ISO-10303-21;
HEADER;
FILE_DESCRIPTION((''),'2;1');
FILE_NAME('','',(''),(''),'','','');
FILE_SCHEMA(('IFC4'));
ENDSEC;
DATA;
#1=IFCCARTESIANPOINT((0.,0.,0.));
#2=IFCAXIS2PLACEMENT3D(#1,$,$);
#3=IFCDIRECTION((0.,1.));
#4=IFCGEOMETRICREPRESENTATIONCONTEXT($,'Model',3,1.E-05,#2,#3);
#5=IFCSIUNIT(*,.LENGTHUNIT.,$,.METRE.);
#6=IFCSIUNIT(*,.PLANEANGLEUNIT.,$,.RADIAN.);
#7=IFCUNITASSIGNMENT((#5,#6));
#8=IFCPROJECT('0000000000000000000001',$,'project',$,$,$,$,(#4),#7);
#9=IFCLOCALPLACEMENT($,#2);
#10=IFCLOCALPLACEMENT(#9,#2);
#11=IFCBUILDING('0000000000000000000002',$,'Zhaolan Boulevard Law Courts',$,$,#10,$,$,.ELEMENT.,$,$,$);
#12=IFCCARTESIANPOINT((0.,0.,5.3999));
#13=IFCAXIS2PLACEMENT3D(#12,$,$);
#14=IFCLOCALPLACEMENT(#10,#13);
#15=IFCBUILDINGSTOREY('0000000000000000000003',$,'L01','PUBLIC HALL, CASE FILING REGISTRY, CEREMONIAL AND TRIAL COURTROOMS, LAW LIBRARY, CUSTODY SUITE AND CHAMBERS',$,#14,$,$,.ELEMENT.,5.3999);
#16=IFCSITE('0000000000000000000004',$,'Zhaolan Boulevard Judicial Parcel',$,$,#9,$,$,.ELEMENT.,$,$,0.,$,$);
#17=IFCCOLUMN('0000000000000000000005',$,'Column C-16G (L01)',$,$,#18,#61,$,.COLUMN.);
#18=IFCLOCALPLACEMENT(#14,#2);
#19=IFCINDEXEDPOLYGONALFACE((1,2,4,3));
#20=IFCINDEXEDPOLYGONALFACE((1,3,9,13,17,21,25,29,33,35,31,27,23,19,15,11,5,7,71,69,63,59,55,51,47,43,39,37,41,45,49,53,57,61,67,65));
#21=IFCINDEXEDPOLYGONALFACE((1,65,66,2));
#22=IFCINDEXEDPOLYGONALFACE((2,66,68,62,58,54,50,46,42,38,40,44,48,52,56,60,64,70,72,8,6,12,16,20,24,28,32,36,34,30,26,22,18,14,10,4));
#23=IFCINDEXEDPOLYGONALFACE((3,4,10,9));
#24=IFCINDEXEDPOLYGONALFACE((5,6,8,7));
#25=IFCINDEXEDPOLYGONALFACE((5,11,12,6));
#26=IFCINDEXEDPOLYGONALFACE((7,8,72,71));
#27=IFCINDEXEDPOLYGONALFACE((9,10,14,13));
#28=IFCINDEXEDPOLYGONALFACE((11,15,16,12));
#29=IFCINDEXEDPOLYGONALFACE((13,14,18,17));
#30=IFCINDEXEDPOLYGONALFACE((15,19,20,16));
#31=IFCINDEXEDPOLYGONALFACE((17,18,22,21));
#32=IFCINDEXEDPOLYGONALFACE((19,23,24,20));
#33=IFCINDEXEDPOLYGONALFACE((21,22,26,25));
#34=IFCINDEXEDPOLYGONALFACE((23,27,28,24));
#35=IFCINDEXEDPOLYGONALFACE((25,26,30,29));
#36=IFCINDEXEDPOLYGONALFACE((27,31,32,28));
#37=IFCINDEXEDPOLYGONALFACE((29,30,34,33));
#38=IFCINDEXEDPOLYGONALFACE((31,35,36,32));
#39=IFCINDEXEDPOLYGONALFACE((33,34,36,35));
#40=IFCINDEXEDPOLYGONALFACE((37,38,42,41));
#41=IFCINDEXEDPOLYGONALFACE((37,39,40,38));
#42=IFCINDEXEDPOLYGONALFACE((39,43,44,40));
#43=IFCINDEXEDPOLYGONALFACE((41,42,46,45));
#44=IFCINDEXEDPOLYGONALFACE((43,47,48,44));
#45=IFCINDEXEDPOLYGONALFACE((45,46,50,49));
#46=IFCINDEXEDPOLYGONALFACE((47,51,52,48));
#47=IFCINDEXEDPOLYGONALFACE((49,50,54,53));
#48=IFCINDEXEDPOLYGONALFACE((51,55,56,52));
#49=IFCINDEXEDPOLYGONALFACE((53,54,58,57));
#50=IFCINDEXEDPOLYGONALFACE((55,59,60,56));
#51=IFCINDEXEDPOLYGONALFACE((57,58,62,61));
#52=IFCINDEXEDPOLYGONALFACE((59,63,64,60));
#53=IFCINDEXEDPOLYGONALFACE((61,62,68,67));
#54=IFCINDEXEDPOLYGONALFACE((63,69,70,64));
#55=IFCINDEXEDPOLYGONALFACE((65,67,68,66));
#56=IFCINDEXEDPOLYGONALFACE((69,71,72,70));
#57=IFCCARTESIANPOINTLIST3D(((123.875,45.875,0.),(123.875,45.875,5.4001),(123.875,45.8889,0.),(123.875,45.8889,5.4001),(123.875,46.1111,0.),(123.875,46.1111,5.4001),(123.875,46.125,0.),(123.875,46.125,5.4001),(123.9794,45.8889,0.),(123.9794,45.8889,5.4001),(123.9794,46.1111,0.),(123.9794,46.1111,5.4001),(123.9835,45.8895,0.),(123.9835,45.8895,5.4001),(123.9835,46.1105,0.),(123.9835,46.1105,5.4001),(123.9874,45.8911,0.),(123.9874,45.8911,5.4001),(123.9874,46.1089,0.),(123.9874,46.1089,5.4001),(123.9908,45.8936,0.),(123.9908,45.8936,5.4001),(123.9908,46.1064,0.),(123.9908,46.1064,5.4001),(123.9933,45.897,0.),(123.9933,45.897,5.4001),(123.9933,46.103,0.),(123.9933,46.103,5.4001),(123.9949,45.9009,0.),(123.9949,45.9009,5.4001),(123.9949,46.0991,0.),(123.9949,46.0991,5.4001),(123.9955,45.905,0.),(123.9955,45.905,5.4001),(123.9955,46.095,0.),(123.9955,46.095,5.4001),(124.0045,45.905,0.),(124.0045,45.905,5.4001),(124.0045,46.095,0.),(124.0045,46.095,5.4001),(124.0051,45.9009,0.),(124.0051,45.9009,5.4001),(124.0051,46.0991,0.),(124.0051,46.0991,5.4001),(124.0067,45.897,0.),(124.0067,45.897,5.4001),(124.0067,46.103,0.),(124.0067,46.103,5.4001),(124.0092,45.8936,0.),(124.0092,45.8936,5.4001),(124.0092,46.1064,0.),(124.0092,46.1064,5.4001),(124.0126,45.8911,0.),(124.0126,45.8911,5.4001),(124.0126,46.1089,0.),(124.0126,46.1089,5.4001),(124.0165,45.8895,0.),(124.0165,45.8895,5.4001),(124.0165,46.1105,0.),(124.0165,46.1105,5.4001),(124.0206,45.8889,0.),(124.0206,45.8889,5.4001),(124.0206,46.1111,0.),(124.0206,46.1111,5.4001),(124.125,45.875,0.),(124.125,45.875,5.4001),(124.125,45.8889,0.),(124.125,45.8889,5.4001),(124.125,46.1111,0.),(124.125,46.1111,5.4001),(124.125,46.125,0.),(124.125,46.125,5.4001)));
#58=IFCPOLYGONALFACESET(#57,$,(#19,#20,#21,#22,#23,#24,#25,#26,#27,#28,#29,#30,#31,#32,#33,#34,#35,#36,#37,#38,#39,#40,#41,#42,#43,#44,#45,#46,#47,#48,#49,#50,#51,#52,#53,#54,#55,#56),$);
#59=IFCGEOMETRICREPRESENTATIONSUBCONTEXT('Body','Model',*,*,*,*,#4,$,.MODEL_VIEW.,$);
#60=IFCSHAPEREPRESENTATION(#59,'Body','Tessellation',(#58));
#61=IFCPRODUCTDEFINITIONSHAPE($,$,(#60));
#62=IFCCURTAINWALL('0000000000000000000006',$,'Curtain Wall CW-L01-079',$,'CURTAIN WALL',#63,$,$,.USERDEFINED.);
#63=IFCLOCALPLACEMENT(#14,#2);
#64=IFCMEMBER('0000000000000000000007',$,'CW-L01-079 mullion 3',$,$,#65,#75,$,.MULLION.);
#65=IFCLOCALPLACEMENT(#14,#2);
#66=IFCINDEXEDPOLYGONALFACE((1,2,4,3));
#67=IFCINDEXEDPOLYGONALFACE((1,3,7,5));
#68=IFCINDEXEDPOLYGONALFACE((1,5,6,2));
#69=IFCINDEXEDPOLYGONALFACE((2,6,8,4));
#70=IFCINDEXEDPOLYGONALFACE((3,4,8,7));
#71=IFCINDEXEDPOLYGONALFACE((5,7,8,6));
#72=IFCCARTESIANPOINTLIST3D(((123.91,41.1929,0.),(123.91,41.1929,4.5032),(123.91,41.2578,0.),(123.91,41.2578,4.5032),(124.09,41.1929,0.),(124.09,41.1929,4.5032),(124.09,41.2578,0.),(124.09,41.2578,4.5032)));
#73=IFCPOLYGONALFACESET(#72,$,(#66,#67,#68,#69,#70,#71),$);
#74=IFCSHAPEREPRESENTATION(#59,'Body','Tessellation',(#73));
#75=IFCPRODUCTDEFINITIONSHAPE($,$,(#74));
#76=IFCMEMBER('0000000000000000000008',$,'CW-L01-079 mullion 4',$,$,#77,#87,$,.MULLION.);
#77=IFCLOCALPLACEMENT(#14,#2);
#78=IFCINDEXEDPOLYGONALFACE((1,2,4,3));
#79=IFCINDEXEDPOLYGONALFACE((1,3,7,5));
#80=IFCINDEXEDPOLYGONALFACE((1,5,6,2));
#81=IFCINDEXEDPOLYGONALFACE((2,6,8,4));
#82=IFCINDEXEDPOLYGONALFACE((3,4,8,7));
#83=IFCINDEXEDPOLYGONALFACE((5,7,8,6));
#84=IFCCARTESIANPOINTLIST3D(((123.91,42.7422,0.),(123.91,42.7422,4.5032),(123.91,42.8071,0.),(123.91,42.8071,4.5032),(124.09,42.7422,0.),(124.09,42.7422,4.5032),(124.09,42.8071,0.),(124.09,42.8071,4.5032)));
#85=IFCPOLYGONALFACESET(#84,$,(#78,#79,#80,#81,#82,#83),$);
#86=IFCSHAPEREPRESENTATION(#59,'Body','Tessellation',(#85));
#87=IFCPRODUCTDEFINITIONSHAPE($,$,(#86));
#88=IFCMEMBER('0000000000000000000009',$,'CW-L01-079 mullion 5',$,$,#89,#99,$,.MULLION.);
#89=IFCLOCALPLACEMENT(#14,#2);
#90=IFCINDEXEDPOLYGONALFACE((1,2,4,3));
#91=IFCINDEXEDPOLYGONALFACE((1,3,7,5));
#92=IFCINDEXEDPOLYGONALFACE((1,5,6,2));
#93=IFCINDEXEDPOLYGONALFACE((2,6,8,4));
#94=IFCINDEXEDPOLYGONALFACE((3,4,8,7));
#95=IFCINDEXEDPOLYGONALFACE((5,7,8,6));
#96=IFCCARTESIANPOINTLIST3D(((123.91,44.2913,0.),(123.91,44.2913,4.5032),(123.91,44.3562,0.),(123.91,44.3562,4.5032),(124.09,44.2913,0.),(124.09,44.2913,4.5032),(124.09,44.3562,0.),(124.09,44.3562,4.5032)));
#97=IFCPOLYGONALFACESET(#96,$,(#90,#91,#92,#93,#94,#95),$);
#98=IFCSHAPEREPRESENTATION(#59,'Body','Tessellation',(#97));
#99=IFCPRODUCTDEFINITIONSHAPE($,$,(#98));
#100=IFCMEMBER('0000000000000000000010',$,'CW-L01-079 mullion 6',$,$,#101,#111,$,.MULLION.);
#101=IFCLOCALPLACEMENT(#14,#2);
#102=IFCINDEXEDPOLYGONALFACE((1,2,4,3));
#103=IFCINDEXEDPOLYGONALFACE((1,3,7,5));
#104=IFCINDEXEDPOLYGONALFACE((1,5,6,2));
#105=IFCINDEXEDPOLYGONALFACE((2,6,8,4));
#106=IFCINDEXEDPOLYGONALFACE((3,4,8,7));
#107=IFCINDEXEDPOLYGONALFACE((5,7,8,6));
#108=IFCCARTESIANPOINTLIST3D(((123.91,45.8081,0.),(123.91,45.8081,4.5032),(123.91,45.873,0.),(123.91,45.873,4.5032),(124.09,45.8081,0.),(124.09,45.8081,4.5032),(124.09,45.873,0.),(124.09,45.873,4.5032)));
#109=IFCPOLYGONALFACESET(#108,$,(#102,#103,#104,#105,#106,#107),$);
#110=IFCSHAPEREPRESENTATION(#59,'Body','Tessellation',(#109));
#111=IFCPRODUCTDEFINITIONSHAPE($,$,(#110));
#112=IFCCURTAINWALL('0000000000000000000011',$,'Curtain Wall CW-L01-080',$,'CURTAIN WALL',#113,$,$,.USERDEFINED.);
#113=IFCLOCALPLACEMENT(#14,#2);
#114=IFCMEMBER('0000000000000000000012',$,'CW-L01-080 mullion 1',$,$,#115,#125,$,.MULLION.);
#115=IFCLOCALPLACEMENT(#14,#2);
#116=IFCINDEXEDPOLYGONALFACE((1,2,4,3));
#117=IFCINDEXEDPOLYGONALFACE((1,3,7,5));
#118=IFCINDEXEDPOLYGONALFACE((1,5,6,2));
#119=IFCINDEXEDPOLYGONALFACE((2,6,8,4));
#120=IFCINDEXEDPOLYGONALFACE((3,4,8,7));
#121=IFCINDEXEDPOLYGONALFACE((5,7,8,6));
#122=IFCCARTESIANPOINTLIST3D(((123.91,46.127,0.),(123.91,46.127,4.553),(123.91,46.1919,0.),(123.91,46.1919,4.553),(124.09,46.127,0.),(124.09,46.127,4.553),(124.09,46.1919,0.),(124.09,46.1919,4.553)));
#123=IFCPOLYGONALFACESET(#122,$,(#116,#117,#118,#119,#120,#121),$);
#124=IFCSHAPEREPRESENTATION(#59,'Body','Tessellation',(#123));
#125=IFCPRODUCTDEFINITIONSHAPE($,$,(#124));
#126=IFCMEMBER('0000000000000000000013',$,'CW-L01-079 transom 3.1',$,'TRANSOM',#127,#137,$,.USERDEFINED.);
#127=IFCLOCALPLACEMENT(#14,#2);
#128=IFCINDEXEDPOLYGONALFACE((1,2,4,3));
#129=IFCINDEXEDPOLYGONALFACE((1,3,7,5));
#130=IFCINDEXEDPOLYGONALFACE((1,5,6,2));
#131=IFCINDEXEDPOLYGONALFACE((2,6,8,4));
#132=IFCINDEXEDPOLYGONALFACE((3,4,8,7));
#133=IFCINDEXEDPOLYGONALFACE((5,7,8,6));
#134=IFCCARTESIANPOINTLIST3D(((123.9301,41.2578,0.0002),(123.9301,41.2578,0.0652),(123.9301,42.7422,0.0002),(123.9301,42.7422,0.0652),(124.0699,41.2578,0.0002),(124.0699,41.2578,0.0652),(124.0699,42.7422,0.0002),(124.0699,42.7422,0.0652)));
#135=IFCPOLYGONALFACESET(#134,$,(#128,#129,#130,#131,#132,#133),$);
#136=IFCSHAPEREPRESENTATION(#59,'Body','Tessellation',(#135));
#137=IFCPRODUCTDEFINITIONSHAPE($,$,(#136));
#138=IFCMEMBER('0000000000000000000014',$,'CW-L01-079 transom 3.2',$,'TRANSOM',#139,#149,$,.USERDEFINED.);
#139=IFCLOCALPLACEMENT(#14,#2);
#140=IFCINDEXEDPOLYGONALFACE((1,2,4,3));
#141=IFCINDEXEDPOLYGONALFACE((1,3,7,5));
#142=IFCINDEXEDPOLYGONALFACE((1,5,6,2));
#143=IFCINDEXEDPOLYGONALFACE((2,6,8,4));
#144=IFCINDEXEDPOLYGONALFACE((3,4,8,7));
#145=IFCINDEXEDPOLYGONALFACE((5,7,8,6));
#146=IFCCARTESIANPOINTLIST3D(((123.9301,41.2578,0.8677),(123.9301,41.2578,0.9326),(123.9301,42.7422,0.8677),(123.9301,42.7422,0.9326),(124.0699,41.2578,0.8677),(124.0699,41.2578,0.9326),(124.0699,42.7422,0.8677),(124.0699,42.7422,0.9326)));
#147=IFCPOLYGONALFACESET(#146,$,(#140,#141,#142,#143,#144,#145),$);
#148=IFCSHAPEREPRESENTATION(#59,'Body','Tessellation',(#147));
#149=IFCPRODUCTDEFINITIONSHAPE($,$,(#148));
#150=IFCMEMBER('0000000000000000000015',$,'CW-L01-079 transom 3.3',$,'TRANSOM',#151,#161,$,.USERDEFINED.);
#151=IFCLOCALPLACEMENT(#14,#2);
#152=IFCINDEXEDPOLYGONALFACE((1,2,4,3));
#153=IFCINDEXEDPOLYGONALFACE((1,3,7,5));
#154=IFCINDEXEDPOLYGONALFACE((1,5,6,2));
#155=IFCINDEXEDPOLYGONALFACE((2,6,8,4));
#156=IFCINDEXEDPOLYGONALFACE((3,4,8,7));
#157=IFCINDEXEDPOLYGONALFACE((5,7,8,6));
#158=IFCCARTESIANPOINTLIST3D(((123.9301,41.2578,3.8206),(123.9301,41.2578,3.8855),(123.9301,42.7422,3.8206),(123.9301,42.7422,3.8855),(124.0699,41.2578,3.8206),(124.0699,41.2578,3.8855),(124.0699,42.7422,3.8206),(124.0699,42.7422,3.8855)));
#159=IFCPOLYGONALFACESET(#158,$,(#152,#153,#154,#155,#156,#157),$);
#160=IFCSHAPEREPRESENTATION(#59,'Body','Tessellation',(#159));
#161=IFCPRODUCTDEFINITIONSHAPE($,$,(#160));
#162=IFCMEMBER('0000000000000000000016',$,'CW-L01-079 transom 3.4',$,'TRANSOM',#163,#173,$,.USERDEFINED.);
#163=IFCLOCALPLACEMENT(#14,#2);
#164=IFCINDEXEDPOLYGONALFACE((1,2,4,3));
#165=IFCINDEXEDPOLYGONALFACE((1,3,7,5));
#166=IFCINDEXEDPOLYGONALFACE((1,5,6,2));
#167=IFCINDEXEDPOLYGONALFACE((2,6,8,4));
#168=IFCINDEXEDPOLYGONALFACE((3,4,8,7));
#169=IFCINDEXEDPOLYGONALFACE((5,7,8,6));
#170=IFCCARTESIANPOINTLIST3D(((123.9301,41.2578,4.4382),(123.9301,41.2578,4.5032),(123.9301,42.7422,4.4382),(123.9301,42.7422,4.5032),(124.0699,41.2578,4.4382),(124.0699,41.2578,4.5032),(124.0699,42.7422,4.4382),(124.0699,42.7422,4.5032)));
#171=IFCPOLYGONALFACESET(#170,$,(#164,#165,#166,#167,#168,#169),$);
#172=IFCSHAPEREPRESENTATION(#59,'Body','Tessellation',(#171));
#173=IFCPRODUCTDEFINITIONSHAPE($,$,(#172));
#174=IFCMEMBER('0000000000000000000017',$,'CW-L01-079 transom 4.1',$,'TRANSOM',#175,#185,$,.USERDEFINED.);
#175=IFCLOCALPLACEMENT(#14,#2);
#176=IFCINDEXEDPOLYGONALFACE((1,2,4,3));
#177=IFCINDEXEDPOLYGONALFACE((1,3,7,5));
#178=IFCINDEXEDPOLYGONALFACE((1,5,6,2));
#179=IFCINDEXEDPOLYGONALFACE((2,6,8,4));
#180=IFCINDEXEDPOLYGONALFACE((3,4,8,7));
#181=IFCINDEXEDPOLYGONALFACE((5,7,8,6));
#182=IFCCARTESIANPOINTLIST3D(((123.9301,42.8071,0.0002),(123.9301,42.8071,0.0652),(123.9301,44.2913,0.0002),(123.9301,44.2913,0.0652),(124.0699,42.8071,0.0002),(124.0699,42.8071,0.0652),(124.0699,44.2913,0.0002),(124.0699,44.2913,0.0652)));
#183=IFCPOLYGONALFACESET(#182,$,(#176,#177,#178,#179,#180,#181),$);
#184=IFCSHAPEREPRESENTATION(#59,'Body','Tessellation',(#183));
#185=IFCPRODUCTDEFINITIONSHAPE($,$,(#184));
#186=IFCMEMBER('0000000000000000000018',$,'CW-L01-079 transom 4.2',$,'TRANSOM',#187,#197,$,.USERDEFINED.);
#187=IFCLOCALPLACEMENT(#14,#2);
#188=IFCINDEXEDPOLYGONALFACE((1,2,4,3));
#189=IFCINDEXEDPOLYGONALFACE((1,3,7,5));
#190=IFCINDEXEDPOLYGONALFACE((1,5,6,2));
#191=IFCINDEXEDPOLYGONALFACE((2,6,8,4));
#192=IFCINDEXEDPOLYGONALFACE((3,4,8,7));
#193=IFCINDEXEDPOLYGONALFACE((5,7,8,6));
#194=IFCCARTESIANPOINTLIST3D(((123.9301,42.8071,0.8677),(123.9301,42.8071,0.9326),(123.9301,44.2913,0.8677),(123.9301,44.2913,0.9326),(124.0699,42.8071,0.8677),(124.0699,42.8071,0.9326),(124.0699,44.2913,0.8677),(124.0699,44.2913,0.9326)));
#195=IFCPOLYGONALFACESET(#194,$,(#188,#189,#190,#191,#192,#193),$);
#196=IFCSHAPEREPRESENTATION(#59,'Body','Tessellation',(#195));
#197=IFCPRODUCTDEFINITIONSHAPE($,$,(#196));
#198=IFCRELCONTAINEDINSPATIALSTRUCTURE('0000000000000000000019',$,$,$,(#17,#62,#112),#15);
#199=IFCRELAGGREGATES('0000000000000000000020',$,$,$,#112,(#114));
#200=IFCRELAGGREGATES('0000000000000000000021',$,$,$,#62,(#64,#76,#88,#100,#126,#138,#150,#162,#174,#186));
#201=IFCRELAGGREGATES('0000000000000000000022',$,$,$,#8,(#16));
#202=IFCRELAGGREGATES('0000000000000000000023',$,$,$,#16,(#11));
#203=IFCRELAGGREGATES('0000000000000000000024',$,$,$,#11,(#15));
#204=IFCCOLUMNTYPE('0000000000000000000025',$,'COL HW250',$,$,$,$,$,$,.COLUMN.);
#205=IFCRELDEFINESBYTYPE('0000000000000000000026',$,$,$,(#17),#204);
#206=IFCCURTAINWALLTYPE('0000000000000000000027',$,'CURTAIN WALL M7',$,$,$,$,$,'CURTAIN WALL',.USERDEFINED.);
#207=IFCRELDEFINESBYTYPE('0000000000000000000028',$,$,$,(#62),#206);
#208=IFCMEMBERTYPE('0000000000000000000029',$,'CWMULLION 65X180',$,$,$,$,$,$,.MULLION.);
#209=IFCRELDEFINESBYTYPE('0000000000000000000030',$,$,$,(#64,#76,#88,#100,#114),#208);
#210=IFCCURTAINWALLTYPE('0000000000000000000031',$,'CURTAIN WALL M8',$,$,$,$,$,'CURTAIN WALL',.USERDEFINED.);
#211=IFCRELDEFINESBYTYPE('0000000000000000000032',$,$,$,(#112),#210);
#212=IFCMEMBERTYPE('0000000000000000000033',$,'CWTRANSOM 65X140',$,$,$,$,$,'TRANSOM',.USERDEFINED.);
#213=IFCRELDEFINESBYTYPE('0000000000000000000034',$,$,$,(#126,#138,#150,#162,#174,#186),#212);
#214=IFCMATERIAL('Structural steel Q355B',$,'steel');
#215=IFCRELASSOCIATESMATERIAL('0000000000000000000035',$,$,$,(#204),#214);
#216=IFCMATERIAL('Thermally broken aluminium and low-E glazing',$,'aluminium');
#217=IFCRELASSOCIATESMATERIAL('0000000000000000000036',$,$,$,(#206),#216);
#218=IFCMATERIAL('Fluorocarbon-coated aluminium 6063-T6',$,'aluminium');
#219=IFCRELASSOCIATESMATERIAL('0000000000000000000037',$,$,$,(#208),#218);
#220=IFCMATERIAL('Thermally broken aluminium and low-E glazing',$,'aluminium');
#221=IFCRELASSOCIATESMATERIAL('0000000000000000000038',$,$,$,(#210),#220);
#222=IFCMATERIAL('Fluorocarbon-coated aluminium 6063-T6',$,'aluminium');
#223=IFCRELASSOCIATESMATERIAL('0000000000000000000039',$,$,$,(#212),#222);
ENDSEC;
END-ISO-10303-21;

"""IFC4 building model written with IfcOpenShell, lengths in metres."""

from ifc_helpers import new_model, si_unit, direction, frame, origin, origin_2d, place, context, subcontext, project, spatial, rectangle, i_section, extrude, material, material_profile, profile_set, type_object, element, aggregate, save


model = new_model("IFC4")

# Units and contexts
model_context = context("Model", 3, precision=1e-05, world=origin(), true_north=direction((0.0, 1.0)))
body_context = subcontext(model_context, "Body", "Model", "MODEL_VIEW")
ifc_project = project(units=[si_unit("LENGTHUNIT", "METRE"), si_unit("PLANEANGLEUNIT", "RADIAN")], contexts=[model_context])

# Site, building, storey
site_placement = place(None, origin())
site = spatial("IfcSite", under=ifc_project, at=site_placement, Name="Zhaolan Boulevard Judicial Parcel", CompositionType="ELEMENT", RefElevation=0.0)
building_placement = place(site_placement, origin())
building = spatial("IfcBuilding", under=site, at=building_placement, Name="Zhaolan Boulevard Law Courts", CompositionType="ELEMENT")
storey_placement = place(building_placement, frame((0.0, 0.0, 5.3999)))
storey = spatial("IfcBuildingStorey", under=building, at=storey_placement, Name="L01", Description="PUBLIC HALL, CASE FILING REGISTRY, CEREMONIAL AND TRIAL COURTROOMS, LAW LIBRARY, CUSTODY SUITE AND CHAMBERS", CompositionType="ELEMENT", Elevation=5.3999)

# Column
ifc_material_1 = material(Name="Structural steel Q355B", Category="steel")
ifc_material_profile_1 = material_profile(ifc_material_1, i_section(OverallWidth=0.25, OverallDepth=0.25, WebThickness=0.009, FlangeThickness=0.0139, FilletRadius=0.0161, at=origin_2d()), Name="HW250x250")
ifc_profile_set_1 = profile_set([ifc_material_profile_1], Name="Structural steel Q355B")
column_type = type_object("IfcColumnType", Name="COL HW250", PredefinedType="COLUMN", material=ifc_profile_set_1)
column_placement = place(storey_placement, frame((124.0, 46.0, 0.0), z_axis=(0.0, 0.0, 1.0), x_axis=(1.0, 0.0, 0.0)))
element("IfcColumn", 1, at=column_placement, inside=storey, type_object=column_type, Name="Column C-16G (L01)", PredefinedType="COLUMN", context=body_context, shape_type="SweptSolid", body=[
    extrude(i_section(OverallWidth=0.25, OverallDepth=0.25, WebThickness=0.009, FlangeThickness=0.0139, FilletRadius=0.0161, at=origin_2d()), origin(), (0.0, 0.0, 1.0), 5.4001),
])

# Curtain wall, members
ifc_material_2 = material(Name="Thermally broken aluminium and low-E glazing", Category="aluminium")
curtain_wall_type_1 = type_object("IfcCurtainWallType", Name="CURTAIN WALL M7", ElementType="CURTAIN WALL", PredefinedType="USERDEFINED", material=ifc_material_2)
curtain_wall_1_placement = place(storey_placement, origin())
curtain_wall_1 = element("IfcCurtainWall", 2, at=curtain_wall_1_placement, inside=storey, type_object=curtain_wall_type_1, Name="Curtain Wall CW-L01-079", ObjectType="CURTAIN WALL", PredefinedType="USERDEFINED")
ifc_material_3 = material(Name="Fluorocarbon-coated aluminium 6063-T6", Category="aluminium")
ifc_material_profile_2 = material_profile(ifc_material_3, rectangle(XDim=0.1799, YDim=0.0649, at=origin_2d()), Name="AL65x180")
ifc_profile_set_2 = profile_set([ifc_material_profile_2], Name="Fluorocarbon-coated aluminium 6063-T6")
member_type_1 = type_object("IfcMemberType", Name="CWMULLION 65X180", PredefinedType="MULLION", material=ifc_profile_set_2)
member_1_placement = place(storey_placement, frame((124.0, 41.2253, 0.0), z_axis=(0.0, 0.0, 1.0), x_axis=(-1.0, 0.0, 0.0)))
member_1 = element("IfcMember", 3, at=member_1_placement, type_object=member_type_1, Name="CW-L01-079 mullion 3", PredefinedType="MULLION", context=body_context, shape_type="SweptSolid", body=[
    extrude(rectangle(XDim=0.1799, YDim=0.0649, at=origin_2d()), origin(), (0.0, 0.0, 1.0), 4.5032),
])
member_2_placement = place(storey_placement, frame((124.0, 42.7747, 0.0), z_axis=(0.0, 0.0, 1.0), x_axis=(-1.0, 0.0, 0.0)))
member_2 = element("IfcMember", 4, at=member_2_placement, type_object=member_type_1, Name="CW-L01-079 mullion 4", PredefinedType="MULLION", context=body_context, shape_type="SweptSolid", body=[
    extrude(rectangle(XDim=0.1799, YDim=0.0649, at=origin_2d()), origin(), (0.0, 0.0, 1.0), 4.5032),
])
member_3_placement = place(storey_placement, frame((124.0, 44.3237, 0.0), z_axis=(0.0, 0.0, 1.0), x_axis=(-1.0, 0.0, 0.0)))
member_3 = element("IfcMember", 5, at=member_3_placement, type_object=member_type_1, Name="CW-L01-079 mullion 5", PredefinedType="MULLION", context=body_context, shape_type="SweptSolid", body=[
    extrude(rectangle(XDim=0.1799, YDim=0.0649, at=origin_2d()), origin(), (0.0, 0.0, 1.0), 4.5032),
])
member_4_placement = place(storey_placement, frame((124.0, 45.8406, 0.0), z_axis=(0.0, 0.0, 1.0), x_axis=(-1.0, 0.0, 0.0)))
member_4 = element("IfcMember", 6, at=member_4_placement, type_object=member_type_1, Name="CW-L01-079 mullion 6", PredefinedType="MULLION", context=body_context, shape_type="SweptSolid", body=[
    extrude(rectangle(XDim=0.1799, YDim=0.0649, at=origin_2d()), origin(), (0.0, 0.0, 1.0), 4.5032),
])

# Curtain wall, member
ifc_material_4 = material(Name="Thermally broken aluminium and low-E glazing", Category="aluminium")
curtain_wall_type_2 = type_object("IfcCurtainWallType", Name="CURTAIN WALL M8", ElementType="CURTAIN WALL", PredefinedType="USERDEFINED", material=ifc_material_4)
curtain_wall_2_placement = place(storey_placement, origin())
curtain_wall_2 = element("IfcCurtainWall", 7, at=curtain_wall_2_placement, inside=storey, type_object=curtain_wall_type_2, Name="Curtain Wall CW-L01-080", ObjectType="CURTAIN WALL", PredefinedType="USERDEFINED")
member_5_placement = place(storey_placement, frame((124.0, 46.1594, 0.0), z_axis=(0.0, 0.0, 1.0), x_axis=(-1.0, 0.0, 0.0)))
member_5 = element("IfcMember", 8, at=member_5_placement, type_object=member_type_1, Name="CW-L01-080 mullion 1", PredefinedType="MULLION", context=body_context, shape_type="SweptSolid", body=[
    extrude(rectangle(XDim=0.1799, YDim=0.0649, at=origin_2d()), origin(), (0.0, 0.0, 1.0), 4.553),
])

# Members
ifc_material_5 = material(Name="Fluorocarbon-coated aluminium 6063-T6", Category="aluminium")
ifc_material_profile_3 = material_profile(ifc_material_5, rectangle(XDim=0.1399, YDim=0.0649, at=origin_2d()), Name="AL65x140")
ifc_profile_set_3 = profile_set([ifc_material_profile_3], Name="Fluorocarbon-coated aluminium 6063-T6")
member_type_2 = type_object("IfcMemberType", Name="CWTRANSOM 65X140", ElementType="TRANSOM", PredefinedType="USERDEFINED", material=ifc_profile_set_3)
member_6_placement = place(storey_placement, frame((124.0, 41.2578, 0.0327), z_axis=(0.0, 1.0, 0.0), x_axis=(-1.0, 0.0, 0.0)))
member_6 = element("IfcMember", 9, at=member_6_placement, type_object=member_type_2, Name="CW-L01-079 transom 3.1", ObjectType="TRANSOM", PredefinedType="USERDEFINED", context=body_context, shape_type="SweptSolid", body=[
    extrude(rectangle(XDim=0.1399, YDim=0.0649, at=origin_2d()), origin(), (0.0, 0.0, 1.0), 1.4844),
])
member_7_placement = place(storey_placement, frame((124.0, 41.2578, 0.9001), z_axis=(0.0, 1.0, 0.0), x_axis=(-1.0, 0.0, 0.0)))
member_7 = element("IfcMember", 10, at=member_7_placement, type_object=member_type_2, Name="CW-L01-079 transom 3.2", ObjectType="TRANSOM", PredefinedType="USERDEFINED", context=body_context, shape_type="SweptSolid", body=[
    extrude(rectangle(XDim=0.1399, YDim=0.0649, at=origin_2d()), origin(), (0.0, 0.0, 1.0), 1.4844),
])
member_8_placement = place(storey_placement, frame((124.0, 41.2578, 3.853), z_axis=(0.0, 1.0, 0.0), x_axis=(-1.0, 0.0, 0.0)))
member_8 = element("IfcMember", 11, at=member_8_placement, type_object=member_type_2, Name="CW-L01-079 transom 3.3", ObjectType="TRANSOM", PredefinedType="USERDEFINED", context=body_context, shape_type="SweptSolid", body=[
    extrude(rectangle(XDim=0.1399, YDim=0.0649, at=origin_2d()), origin(), (0.0, 0.0, 1.0), 1.4844),
])
member_9_placement = place(storey_placement, frame((124.0, 41.2578, 4.4707), z_axis=(0.0, 1.0, 0.0), x_axis=(-1.0, 0.0, 0.0)))
member_9 = element("IfcMember", 12, at=member_9_placement, type_object=member_type_2, Name="CW-L01-079 transom 3.4", ObjectType="TRANSOM", PredefinedType="USERDEFINED", context=body_context, shape_type="SweptSolid", body=[
    extrude(rectangle(XDim=0.1399, YDim=0.0649, at=origin_2d()), origin(), (0.0, 0.0, 1.0), 1.4844),
])
member_10_placement = place(storey_placement, frame((124.0, 42.8071, 0.0327), z_axis=(0.0, 1.0, 0.0), x_axis=(-1.0, 0.0, 0.0)))
member_10 = element("IfcMember", 13, at=member_10_placement, type_object=member_type_2, Name="CW-L01-079 transom 4.1", ObjectType="TRANSOM", PredefinedType="USERDEFINED", context=body_context, shape_type="SweptSolid", body=[
    extrude(rectangle(XDim=0.1399, YDim=0.0649, at=origin_2d()), origin(), (0.0, 0.0, 1.0), 1.4841),
])
member_11_placement = place(storey_placement, frame((124.0, 42.8071, 0.9001), z_axis=(0.0, 1.0, 0.0), x_axis=(-1.0, 0.0, 0.0)))
member_11 = element("IfcMember", 14, at=member_11_placement, type_object=member_type_2, Name="CW-L01-079 transom 4.2", ObjectType="TRANSOM", PredefinedType="USERDEFINED", context=body_context, shape_type="SweptSolid", body=[
    extrude(rectangle(XDim=0.1399, YDim=0.0649, at=origin_2d()), origin(), (0.0, 0.0, 1.0), 1.4841),
])
aggregate(curtain_wall_2, [member_5])

aggregate(curtain_wall_1, [member_1, member_2, member_3, member_4, member_6, member_7, member_8, member_9, member_10, member_11])

save(model, "model.ifc")
